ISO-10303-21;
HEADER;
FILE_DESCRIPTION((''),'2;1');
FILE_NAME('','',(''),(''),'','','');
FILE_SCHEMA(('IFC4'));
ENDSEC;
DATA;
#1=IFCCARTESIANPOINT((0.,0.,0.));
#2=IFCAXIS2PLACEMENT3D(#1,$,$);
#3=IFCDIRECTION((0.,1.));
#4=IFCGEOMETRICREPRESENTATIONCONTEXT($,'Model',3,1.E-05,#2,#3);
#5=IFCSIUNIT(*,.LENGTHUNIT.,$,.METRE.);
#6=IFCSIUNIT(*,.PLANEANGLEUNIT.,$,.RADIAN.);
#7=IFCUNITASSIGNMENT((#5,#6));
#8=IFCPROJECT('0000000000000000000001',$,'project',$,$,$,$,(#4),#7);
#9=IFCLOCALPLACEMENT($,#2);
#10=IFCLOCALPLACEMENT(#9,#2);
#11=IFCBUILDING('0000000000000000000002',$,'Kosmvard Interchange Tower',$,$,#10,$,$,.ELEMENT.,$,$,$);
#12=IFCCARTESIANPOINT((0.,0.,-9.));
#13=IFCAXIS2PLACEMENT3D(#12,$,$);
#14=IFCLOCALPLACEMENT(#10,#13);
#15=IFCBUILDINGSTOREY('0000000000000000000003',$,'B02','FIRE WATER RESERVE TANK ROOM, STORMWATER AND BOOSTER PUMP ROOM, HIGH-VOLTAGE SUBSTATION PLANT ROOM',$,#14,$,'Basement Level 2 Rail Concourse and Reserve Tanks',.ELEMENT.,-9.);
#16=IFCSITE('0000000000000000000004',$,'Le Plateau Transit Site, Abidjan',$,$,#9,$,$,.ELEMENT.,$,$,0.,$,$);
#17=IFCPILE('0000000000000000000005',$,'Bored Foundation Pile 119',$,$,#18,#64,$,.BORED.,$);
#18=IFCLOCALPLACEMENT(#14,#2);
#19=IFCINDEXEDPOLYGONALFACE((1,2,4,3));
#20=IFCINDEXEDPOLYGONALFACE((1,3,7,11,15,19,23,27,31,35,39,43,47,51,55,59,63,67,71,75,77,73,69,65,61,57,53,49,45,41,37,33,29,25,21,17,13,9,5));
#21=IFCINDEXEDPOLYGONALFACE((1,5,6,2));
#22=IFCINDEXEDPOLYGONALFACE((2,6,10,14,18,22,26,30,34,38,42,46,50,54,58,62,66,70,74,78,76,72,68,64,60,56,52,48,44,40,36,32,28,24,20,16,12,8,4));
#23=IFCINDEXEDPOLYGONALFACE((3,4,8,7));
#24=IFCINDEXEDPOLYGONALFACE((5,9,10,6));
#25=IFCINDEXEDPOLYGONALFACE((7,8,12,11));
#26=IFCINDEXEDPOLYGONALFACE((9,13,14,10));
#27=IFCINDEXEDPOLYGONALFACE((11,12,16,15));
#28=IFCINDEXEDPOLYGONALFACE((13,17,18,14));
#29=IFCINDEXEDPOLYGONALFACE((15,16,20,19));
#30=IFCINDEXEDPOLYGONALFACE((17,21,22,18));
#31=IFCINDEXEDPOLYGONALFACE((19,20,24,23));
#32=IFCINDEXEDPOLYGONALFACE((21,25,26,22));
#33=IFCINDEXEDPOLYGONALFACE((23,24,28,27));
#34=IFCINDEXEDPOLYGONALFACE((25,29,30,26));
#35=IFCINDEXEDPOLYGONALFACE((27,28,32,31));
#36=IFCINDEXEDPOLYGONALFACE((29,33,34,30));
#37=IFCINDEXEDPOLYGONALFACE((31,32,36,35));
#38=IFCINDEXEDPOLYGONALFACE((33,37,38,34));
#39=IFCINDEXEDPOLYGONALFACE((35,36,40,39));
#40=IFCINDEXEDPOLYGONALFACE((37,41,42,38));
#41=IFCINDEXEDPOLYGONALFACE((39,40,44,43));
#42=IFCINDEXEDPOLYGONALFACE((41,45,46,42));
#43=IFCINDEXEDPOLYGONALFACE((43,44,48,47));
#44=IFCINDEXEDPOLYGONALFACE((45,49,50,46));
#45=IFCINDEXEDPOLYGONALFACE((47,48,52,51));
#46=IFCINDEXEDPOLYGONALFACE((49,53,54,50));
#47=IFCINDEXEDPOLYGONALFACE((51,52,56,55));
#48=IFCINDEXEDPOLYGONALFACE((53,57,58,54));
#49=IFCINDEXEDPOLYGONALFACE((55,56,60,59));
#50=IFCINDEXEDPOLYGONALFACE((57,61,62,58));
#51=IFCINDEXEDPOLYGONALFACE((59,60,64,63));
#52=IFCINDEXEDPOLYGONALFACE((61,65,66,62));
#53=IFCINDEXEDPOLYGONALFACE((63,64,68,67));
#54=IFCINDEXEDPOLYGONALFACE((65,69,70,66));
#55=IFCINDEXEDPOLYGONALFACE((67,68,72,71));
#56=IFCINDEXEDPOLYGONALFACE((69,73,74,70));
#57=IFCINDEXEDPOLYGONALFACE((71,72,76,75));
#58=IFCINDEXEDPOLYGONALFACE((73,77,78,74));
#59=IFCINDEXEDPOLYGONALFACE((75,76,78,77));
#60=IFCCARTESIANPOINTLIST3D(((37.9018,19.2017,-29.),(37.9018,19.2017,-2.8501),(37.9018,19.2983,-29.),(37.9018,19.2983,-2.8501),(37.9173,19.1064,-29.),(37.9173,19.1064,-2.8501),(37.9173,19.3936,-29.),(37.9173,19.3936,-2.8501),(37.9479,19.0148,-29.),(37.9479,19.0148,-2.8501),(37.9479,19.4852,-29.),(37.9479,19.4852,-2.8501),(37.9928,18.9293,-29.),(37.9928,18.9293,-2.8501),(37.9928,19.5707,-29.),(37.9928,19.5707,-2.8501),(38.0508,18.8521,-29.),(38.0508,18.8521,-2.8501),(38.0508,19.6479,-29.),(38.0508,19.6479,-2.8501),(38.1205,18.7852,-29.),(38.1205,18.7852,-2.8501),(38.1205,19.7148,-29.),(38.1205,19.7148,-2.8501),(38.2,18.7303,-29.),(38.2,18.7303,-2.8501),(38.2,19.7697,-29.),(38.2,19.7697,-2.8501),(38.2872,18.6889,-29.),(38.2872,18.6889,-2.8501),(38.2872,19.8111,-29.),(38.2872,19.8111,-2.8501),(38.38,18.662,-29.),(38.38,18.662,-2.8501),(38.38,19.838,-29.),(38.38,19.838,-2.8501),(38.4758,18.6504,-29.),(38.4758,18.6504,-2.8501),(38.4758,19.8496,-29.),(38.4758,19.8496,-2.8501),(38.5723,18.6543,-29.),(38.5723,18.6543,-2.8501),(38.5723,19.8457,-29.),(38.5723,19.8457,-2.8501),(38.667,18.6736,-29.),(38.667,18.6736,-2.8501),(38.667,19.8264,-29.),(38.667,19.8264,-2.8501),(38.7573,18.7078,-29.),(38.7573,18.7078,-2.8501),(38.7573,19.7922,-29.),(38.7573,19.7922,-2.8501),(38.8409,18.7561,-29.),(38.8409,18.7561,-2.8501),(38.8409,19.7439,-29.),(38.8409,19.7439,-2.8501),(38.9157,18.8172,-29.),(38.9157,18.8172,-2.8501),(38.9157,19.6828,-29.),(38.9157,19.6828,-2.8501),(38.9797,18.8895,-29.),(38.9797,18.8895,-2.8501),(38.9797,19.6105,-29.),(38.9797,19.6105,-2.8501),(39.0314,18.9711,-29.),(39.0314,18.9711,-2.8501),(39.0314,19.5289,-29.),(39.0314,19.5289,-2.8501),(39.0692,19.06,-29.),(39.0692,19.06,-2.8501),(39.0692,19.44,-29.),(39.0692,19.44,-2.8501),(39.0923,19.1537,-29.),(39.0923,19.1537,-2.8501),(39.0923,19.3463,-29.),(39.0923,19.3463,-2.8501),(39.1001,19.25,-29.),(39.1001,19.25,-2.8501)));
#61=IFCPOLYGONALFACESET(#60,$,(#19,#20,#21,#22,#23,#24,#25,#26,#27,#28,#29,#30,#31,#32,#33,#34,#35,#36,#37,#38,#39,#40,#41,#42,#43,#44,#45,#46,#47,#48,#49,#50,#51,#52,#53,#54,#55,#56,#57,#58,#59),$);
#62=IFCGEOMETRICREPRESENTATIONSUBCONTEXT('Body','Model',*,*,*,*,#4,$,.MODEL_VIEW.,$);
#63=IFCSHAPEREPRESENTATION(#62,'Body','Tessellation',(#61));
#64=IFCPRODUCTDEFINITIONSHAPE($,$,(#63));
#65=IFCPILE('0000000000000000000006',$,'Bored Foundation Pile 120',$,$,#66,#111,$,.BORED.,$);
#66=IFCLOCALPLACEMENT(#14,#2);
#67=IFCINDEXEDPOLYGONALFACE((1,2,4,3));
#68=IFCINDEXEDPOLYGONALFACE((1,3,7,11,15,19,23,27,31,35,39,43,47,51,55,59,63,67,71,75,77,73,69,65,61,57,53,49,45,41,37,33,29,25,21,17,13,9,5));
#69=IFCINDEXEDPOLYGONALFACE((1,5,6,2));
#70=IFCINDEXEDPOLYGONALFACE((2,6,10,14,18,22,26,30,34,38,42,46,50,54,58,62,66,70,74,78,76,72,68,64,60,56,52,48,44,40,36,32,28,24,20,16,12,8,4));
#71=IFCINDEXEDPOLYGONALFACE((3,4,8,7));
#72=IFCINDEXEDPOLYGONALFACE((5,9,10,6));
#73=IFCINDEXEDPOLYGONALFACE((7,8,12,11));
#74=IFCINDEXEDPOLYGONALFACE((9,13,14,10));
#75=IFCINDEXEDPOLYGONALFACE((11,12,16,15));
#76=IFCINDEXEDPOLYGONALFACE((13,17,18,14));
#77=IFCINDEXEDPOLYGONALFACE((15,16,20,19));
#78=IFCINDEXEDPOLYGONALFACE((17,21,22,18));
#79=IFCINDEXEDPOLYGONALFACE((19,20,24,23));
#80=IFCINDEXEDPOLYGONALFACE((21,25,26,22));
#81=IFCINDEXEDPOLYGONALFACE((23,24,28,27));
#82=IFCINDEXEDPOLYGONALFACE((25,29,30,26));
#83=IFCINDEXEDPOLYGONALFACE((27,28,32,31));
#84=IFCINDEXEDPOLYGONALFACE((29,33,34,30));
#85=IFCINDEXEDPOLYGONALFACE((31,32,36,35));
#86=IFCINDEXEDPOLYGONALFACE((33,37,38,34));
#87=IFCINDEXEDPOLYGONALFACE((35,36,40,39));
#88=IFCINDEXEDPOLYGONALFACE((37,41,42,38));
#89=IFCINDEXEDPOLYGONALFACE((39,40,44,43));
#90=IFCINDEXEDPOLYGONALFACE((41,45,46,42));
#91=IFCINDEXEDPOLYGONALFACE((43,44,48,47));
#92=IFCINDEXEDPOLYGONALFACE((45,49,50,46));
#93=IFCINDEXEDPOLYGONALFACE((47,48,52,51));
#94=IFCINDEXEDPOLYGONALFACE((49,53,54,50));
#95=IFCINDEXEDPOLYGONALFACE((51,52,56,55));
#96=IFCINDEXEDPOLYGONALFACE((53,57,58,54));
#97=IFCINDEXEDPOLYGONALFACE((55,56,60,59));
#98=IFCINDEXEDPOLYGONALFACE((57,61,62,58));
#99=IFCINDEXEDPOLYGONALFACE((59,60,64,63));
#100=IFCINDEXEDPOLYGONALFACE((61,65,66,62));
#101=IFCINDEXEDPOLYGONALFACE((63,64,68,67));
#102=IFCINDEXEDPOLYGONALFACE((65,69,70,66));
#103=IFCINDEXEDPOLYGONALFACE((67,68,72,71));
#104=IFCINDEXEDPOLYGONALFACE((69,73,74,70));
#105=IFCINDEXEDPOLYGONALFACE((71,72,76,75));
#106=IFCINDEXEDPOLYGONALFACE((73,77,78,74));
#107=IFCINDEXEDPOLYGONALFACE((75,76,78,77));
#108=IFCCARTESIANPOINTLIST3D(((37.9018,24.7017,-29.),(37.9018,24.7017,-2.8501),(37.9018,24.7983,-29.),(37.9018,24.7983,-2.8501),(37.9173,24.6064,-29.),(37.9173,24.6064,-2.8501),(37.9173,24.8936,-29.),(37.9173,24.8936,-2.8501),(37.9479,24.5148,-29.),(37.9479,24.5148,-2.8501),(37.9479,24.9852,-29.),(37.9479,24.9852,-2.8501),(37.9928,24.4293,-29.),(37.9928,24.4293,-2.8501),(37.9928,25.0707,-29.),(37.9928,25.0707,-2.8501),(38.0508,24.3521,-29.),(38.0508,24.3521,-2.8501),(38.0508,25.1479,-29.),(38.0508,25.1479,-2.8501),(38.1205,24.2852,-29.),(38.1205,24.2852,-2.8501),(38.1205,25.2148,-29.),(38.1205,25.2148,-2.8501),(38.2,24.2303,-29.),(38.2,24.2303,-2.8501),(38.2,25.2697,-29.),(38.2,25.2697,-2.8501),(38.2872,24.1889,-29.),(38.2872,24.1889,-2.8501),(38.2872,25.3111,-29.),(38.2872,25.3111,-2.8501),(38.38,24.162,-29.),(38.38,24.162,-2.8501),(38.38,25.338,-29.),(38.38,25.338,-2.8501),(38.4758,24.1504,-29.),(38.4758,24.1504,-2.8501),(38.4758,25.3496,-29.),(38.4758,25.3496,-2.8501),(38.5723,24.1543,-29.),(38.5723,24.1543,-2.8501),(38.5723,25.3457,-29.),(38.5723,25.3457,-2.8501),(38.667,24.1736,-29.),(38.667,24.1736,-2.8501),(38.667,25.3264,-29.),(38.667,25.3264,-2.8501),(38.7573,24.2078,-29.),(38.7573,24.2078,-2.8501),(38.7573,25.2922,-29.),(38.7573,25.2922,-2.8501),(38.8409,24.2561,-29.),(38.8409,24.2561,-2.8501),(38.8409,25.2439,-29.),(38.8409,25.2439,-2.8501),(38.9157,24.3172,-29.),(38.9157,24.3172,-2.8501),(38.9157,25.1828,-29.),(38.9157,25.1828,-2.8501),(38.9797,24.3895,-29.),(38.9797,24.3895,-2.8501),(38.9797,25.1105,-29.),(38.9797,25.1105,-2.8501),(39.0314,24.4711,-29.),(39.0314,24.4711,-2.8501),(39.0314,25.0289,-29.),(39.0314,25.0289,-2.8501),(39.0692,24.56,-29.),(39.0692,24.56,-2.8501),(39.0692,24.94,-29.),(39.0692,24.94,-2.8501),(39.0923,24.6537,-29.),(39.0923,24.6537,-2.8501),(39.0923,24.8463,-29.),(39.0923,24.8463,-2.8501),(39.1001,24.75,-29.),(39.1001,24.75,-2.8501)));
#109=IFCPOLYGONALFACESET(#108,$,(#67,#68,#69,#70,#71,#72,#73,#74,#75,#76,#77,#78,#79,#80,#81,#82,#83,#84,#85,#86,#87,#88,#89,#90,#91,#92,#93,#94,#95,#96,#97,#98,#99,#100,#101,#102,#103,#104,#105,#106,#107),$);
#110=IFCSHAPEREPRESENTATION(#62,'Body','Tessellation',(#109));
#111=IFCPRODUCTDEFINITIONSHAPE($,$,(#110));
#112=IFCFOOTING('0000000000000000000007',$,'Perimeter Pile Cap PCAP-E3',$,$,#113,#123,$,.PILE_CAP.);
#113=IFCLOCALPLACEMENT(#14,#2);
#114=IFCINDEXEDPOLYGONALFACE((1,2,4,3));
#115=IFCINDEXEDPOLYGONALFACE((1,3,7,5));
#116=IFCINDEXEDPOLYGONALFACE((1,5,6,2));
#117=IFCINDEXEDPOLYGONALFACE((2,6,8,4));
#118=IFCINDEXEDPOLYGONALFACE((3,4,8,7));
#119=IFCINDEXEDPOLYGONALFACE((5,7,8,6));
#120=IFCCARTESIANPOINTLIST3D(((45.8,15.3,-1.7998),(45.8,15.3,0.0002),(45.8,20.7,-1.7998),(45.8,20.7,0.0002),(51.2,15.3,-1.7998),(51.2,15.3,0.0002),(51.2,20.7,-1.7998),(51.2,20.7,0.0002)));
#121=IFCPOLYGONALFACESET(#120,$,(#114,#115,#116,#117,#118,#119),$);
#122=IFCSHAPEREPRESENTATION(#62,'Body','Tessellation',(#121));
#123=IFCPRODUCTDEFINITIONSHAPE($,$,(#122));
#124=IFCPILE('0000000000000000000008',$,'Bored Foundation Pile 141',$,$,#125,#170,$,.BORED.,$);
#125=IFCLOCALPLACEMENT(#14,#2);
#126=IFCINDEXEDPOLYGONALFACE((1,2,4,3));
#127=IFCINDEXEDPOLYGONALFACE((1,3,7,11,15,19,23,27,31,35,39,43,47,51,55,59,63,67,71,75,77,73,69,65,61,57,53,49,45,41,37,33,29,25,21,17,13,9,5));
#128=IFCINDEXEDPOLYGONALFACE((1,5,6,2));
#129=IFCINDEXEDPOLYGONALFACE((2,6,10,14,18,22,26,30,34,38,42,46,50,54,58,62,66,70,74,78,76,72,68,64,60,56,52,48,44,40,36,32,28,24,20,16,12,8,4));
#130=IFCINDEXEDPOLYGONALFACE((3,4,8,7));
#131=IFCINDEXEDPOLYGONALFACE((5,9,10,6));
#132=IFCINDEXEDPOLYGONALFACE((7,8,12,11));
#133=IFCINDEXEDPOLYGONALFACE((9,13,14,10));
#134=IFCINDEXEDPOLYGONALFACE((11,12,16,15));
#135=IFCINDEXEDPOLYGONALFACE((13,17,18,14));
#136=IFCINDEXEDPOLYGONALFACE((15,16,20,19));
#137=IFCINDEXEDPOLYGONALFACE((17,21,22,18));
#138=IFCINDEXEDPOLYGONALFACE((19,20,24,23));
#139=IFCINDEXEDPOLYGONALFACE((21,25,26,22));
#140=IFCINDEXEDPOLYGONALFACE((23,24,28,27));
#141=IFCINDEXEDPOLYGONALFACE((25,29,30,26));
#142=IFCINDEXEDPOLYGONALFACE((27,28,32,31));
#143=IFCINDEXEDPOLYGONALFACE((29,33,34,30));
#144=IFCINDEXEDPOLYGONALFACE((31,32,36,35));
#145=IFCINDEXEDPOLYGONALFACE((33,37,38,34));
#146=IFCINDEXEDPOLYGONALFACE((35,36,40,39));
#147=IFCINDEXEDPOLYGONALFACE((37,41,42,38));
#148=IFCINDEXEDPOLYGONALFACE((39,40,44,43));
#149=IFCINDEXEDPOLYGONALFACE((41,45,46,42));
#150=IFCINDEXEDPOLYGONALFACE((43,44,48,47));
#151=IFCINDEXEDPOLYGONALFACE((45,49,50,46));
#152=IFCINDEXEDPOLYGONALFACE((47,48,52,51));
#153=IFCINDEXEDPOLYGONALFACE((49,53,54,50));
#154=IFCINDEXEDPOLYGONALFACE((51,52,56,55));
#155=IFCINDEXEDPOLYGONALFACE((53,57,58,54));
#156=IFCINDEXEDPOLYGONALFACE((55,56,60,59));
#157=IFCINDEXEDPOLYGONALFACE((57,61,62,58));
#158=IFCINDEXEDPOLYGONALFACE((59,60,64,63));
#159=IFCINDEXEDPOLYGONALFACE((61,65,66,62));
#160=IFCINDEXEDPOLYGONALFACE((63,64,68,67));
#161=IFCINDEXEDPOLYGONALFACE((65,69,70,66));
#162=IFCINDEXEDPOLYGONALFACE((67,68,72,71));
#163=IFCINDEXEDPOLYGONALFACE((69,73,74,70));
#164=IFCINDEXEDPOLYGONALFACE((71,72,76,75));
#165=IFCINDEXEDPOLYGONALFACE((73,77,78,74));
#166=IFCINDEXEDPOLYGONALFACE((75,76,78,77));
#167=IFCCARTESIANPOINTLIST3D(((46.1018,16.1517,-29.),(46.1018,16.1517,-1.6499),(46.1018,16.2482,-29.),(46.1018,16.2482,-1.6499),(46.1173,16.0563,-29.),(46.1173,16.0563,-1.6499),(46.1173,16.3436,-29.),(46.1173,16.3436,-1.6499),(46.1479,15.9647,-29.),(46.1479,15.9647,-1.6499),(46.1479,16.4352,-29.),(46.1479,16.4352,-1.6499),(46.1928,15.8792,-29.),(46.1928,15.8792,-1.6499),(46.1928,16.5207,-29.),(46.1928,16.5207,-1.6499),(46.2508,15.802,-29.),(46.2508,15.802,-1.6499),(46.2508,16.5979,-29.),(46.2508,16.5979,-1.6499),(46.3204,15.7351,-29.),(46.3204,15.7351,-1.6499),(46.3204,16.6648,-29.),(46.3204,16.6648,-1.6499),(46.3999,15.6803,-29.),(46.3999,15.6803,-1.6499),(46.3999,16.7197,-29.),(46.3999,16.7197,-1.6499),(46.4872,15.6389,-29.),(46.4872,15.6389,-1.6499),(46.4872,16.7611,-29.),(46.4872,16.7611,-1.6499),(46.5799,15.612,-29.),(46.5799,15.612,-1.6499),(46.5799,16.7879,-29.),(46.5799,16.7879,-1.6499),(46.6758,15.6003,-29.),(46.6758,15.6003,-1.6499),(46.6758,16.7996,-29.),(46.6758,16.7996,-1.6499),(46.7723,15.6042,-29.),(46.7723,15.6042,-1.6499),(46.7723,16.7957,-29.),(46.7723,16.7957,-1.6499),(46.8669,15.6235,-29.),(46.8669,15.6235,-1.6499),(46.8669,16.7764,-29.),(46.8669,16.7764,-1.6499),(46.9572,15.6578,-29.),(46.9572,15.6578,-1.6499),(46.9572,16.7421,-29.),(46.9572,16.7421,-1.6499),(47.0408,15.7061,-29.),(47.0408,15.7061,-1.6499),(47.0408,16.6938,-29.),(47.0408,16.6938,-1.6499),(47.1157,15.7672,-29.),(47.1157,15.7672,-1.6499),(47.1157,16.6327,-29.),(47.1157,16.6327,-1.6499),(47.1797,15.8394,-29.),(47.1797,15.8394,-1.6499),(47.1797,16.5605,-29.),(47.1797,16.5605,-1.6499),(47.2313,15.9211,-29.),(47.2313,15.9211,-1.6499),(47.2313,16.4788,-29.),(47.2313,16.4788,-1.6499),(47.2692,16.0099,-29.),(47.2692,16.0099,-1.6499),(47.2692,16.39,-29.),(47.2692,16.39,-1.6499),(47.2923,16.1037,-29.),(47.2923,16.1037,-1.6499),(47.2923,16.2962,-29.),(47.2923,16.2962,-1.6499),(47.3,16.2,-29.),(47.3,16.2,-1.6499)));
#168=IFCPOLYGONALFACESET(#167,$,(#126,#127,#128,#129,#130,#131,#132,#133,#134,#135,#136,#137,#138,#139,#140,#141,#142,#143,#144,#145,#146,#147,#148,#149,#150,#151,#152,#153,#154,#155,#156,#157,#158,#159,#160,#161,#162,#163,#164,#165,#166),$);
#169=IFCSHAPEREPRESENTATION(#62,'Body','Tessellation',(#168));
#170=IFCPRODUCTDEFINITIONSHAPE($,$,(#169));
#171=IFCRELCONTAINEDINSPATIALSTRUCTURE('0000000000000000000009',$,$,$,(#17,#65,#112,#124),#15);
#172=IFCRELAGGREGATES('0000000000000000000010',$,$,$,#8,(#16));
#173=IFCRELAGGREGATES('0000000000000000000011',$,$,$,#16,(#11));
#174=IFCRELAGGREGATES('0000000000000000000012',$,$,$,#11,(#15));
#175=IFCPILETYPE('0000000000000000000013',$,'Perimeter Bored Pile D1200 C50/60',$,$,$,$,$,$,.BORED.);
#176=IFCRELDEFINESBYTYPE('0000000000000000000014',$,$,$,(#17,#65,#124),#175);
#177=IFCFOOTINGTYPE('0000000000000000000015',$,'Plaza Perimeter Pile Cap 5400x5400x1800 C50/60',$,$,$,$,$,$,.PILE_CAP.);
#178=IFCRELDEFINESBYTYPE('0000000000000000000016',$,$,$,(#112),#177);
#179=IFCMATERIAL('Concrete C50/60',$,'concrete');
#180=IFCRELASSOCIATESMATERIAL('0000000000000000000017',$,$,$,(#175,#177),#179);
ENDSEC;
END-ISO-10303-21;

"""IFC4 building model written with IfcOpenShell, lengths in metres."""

from ifc_helpers import new_model, si_unit, direction, frame, origin, origin_2d, place, context, subcontext, project, spatial, rectangle, circle, extrude, source, transform, mapped, material, material_profile, profile_set, type_object, element, save


model = new_model("IFC4")

# Units and contexts
model_context = context("Model", 3, precision=1e-05, world=origin(), true_north=direction((0.0, 1.0)))
body_context = subcontext(model_context, "Body", "Model", "MODEL_VIEW")
ifc_project = project(units=[si_unit("LENGTHUNIT", "METRE"), si_unit("PLANEANGLEUNIT", "RADIAN")], contexts=[model_context])

# Site, building, storey
site_placement = place(None, origin())
site = spatial("IfcSite", under=ifc_project, at=site_placement, Name="Le Plateau Transit Site, Abidjan", CompositionType="ELEMENT", RefElevation=0.0)
building_placement = place(site_placement, origin())
building = spatial("IfcBuilding", under=site, at=building_placement, Name="Kosmvard Interchange Tower", CompositionType="ELEMENT")
storey_placement = place(building_placement, frame((0.0, 0.0, -9.0)))
storey = spatial("IfcBuildingStorey", under=building, at=storey_placement, Name="B02", Description="FIRE WATER RESERVE TANK ROOM, STORMWATER AND BOOSTER PUMP ROOM, HIGH-VOLTAGE SUBSTATION PLANT ROOM", LongName="Basement Level 2 Rail Concourse and Reserve Tanks", CompositionType="ELEMENT", Elevation=-9.0)

# Piles
ifc_material_1 = material(Name="Concrete C50/60", Category="concrete")
ifc_material_profile_1 = material_profile(ifc_material_1, circle(Radius=0.6001, at=origin_2d()), Name="PILE D1200")
ifc_profile_set_1 = profile_set([ifc_material_profile_1], Name="Concrete C50/60")
pile_type = type_object("IfcPileType", Name="Perimeter Bored Pile D1200 C50/60", PredefinedType="BORED", material=ifc_profile_set_1)
shared_shape_1 = source(origin(), body_context, "Body", "SweptSolid", [
    extrude(circle(Radius=0.6001, at=origin_2d()), origin(), (0.0, 0.0, 1.0), 26.1499),
])
for number, where, z_axis, x_axis, name in (
    (1, (38.5, 19.25, -2.8501), (0.0, 0.0, -1.0), (1.0, 0.0, 0.0), "Bored Foundation Pile 119"),
    (2, (38.5, 24.75, -2.8501), (0.0, 0.0, -1.0), (1.0, 0.0, 0.0), "Bored Foundation Pile 120"),
):
    element("IfcPile", number, at=place(storey_placement, frame(where, z_axis=z_axis, x_axis=x_axis)), inside=storey, type_object=pile_type, Name=name, PredefinedType="BORED", context=body_context, shape_type="MappedRepresentation", body=[
        mapped(shared_shape_1, transform((0.0, 0.0, 0.0), scale=1.0)),
    ])

# Footing
footing_type_1 = type_object("IfcFootingType", Name="Plaza Perimeter Pile Cap 5400x5400x1800 C50/60", PredefinedType="PILE_CAP", material=ifc_material_1)
shared_shape_2 = source(origin(), body_context, "Body", "SweptSolid", [
    extrude(rectangle(XDim=5.3999, YDim=5.3999, at=origin_2d()), origin(), (0.0, 0.0, 1.0), 1.8),
])
footing_1_placement = place(storey_placement, frame((48.5, 18.0, -1.7998), z_axis=(0.0, 0.0, 1.0), x_axis=(1.0, 0.0, 0.0)))
element("IfcFooting", 3, at=footing_1_placement, inside=storey, type_object=footing_type_1, Name="Perimeter Pile Cap PCAP-E3", PredefinedType="PILE_CAP", context=body_context, shape_type="MappedRepresentation", body=[
    mapped(shared_shape_2, transform((0.0, 0.0, 0.0), scale=1.0)),
])

# Pile
shared_shape_3 = source(origin(), body_context, "Body", "SweptSolid", [
    extrude(circle(Radius=0.6001, at=origin_2d()), origin(), (0.0, 0.0, 1.0), 27.3501),
])
for number, where, z_axis, x_axis, name in (
    (4, (46.7, 16.2, -1.6499), (0.0, 0.0, -1.0), (1.0, 0.0, 0.0), "Bored Foundation Pile 141"),
):
    element("IfcPile", number, at=place(storey_placement, frame(where, z_axis=z_axis, x_axis=x_axis)), inside=storey, type_object=pile_type, Name=name, PredefinedType="BORED", context=body_context, shape_type="MappedRepresentation", body=[
        mapped(shared_shape_3, transform((0.0, 0.0, 0.0), scale=1.0)),
    ])

save(model, "model.ifc")
